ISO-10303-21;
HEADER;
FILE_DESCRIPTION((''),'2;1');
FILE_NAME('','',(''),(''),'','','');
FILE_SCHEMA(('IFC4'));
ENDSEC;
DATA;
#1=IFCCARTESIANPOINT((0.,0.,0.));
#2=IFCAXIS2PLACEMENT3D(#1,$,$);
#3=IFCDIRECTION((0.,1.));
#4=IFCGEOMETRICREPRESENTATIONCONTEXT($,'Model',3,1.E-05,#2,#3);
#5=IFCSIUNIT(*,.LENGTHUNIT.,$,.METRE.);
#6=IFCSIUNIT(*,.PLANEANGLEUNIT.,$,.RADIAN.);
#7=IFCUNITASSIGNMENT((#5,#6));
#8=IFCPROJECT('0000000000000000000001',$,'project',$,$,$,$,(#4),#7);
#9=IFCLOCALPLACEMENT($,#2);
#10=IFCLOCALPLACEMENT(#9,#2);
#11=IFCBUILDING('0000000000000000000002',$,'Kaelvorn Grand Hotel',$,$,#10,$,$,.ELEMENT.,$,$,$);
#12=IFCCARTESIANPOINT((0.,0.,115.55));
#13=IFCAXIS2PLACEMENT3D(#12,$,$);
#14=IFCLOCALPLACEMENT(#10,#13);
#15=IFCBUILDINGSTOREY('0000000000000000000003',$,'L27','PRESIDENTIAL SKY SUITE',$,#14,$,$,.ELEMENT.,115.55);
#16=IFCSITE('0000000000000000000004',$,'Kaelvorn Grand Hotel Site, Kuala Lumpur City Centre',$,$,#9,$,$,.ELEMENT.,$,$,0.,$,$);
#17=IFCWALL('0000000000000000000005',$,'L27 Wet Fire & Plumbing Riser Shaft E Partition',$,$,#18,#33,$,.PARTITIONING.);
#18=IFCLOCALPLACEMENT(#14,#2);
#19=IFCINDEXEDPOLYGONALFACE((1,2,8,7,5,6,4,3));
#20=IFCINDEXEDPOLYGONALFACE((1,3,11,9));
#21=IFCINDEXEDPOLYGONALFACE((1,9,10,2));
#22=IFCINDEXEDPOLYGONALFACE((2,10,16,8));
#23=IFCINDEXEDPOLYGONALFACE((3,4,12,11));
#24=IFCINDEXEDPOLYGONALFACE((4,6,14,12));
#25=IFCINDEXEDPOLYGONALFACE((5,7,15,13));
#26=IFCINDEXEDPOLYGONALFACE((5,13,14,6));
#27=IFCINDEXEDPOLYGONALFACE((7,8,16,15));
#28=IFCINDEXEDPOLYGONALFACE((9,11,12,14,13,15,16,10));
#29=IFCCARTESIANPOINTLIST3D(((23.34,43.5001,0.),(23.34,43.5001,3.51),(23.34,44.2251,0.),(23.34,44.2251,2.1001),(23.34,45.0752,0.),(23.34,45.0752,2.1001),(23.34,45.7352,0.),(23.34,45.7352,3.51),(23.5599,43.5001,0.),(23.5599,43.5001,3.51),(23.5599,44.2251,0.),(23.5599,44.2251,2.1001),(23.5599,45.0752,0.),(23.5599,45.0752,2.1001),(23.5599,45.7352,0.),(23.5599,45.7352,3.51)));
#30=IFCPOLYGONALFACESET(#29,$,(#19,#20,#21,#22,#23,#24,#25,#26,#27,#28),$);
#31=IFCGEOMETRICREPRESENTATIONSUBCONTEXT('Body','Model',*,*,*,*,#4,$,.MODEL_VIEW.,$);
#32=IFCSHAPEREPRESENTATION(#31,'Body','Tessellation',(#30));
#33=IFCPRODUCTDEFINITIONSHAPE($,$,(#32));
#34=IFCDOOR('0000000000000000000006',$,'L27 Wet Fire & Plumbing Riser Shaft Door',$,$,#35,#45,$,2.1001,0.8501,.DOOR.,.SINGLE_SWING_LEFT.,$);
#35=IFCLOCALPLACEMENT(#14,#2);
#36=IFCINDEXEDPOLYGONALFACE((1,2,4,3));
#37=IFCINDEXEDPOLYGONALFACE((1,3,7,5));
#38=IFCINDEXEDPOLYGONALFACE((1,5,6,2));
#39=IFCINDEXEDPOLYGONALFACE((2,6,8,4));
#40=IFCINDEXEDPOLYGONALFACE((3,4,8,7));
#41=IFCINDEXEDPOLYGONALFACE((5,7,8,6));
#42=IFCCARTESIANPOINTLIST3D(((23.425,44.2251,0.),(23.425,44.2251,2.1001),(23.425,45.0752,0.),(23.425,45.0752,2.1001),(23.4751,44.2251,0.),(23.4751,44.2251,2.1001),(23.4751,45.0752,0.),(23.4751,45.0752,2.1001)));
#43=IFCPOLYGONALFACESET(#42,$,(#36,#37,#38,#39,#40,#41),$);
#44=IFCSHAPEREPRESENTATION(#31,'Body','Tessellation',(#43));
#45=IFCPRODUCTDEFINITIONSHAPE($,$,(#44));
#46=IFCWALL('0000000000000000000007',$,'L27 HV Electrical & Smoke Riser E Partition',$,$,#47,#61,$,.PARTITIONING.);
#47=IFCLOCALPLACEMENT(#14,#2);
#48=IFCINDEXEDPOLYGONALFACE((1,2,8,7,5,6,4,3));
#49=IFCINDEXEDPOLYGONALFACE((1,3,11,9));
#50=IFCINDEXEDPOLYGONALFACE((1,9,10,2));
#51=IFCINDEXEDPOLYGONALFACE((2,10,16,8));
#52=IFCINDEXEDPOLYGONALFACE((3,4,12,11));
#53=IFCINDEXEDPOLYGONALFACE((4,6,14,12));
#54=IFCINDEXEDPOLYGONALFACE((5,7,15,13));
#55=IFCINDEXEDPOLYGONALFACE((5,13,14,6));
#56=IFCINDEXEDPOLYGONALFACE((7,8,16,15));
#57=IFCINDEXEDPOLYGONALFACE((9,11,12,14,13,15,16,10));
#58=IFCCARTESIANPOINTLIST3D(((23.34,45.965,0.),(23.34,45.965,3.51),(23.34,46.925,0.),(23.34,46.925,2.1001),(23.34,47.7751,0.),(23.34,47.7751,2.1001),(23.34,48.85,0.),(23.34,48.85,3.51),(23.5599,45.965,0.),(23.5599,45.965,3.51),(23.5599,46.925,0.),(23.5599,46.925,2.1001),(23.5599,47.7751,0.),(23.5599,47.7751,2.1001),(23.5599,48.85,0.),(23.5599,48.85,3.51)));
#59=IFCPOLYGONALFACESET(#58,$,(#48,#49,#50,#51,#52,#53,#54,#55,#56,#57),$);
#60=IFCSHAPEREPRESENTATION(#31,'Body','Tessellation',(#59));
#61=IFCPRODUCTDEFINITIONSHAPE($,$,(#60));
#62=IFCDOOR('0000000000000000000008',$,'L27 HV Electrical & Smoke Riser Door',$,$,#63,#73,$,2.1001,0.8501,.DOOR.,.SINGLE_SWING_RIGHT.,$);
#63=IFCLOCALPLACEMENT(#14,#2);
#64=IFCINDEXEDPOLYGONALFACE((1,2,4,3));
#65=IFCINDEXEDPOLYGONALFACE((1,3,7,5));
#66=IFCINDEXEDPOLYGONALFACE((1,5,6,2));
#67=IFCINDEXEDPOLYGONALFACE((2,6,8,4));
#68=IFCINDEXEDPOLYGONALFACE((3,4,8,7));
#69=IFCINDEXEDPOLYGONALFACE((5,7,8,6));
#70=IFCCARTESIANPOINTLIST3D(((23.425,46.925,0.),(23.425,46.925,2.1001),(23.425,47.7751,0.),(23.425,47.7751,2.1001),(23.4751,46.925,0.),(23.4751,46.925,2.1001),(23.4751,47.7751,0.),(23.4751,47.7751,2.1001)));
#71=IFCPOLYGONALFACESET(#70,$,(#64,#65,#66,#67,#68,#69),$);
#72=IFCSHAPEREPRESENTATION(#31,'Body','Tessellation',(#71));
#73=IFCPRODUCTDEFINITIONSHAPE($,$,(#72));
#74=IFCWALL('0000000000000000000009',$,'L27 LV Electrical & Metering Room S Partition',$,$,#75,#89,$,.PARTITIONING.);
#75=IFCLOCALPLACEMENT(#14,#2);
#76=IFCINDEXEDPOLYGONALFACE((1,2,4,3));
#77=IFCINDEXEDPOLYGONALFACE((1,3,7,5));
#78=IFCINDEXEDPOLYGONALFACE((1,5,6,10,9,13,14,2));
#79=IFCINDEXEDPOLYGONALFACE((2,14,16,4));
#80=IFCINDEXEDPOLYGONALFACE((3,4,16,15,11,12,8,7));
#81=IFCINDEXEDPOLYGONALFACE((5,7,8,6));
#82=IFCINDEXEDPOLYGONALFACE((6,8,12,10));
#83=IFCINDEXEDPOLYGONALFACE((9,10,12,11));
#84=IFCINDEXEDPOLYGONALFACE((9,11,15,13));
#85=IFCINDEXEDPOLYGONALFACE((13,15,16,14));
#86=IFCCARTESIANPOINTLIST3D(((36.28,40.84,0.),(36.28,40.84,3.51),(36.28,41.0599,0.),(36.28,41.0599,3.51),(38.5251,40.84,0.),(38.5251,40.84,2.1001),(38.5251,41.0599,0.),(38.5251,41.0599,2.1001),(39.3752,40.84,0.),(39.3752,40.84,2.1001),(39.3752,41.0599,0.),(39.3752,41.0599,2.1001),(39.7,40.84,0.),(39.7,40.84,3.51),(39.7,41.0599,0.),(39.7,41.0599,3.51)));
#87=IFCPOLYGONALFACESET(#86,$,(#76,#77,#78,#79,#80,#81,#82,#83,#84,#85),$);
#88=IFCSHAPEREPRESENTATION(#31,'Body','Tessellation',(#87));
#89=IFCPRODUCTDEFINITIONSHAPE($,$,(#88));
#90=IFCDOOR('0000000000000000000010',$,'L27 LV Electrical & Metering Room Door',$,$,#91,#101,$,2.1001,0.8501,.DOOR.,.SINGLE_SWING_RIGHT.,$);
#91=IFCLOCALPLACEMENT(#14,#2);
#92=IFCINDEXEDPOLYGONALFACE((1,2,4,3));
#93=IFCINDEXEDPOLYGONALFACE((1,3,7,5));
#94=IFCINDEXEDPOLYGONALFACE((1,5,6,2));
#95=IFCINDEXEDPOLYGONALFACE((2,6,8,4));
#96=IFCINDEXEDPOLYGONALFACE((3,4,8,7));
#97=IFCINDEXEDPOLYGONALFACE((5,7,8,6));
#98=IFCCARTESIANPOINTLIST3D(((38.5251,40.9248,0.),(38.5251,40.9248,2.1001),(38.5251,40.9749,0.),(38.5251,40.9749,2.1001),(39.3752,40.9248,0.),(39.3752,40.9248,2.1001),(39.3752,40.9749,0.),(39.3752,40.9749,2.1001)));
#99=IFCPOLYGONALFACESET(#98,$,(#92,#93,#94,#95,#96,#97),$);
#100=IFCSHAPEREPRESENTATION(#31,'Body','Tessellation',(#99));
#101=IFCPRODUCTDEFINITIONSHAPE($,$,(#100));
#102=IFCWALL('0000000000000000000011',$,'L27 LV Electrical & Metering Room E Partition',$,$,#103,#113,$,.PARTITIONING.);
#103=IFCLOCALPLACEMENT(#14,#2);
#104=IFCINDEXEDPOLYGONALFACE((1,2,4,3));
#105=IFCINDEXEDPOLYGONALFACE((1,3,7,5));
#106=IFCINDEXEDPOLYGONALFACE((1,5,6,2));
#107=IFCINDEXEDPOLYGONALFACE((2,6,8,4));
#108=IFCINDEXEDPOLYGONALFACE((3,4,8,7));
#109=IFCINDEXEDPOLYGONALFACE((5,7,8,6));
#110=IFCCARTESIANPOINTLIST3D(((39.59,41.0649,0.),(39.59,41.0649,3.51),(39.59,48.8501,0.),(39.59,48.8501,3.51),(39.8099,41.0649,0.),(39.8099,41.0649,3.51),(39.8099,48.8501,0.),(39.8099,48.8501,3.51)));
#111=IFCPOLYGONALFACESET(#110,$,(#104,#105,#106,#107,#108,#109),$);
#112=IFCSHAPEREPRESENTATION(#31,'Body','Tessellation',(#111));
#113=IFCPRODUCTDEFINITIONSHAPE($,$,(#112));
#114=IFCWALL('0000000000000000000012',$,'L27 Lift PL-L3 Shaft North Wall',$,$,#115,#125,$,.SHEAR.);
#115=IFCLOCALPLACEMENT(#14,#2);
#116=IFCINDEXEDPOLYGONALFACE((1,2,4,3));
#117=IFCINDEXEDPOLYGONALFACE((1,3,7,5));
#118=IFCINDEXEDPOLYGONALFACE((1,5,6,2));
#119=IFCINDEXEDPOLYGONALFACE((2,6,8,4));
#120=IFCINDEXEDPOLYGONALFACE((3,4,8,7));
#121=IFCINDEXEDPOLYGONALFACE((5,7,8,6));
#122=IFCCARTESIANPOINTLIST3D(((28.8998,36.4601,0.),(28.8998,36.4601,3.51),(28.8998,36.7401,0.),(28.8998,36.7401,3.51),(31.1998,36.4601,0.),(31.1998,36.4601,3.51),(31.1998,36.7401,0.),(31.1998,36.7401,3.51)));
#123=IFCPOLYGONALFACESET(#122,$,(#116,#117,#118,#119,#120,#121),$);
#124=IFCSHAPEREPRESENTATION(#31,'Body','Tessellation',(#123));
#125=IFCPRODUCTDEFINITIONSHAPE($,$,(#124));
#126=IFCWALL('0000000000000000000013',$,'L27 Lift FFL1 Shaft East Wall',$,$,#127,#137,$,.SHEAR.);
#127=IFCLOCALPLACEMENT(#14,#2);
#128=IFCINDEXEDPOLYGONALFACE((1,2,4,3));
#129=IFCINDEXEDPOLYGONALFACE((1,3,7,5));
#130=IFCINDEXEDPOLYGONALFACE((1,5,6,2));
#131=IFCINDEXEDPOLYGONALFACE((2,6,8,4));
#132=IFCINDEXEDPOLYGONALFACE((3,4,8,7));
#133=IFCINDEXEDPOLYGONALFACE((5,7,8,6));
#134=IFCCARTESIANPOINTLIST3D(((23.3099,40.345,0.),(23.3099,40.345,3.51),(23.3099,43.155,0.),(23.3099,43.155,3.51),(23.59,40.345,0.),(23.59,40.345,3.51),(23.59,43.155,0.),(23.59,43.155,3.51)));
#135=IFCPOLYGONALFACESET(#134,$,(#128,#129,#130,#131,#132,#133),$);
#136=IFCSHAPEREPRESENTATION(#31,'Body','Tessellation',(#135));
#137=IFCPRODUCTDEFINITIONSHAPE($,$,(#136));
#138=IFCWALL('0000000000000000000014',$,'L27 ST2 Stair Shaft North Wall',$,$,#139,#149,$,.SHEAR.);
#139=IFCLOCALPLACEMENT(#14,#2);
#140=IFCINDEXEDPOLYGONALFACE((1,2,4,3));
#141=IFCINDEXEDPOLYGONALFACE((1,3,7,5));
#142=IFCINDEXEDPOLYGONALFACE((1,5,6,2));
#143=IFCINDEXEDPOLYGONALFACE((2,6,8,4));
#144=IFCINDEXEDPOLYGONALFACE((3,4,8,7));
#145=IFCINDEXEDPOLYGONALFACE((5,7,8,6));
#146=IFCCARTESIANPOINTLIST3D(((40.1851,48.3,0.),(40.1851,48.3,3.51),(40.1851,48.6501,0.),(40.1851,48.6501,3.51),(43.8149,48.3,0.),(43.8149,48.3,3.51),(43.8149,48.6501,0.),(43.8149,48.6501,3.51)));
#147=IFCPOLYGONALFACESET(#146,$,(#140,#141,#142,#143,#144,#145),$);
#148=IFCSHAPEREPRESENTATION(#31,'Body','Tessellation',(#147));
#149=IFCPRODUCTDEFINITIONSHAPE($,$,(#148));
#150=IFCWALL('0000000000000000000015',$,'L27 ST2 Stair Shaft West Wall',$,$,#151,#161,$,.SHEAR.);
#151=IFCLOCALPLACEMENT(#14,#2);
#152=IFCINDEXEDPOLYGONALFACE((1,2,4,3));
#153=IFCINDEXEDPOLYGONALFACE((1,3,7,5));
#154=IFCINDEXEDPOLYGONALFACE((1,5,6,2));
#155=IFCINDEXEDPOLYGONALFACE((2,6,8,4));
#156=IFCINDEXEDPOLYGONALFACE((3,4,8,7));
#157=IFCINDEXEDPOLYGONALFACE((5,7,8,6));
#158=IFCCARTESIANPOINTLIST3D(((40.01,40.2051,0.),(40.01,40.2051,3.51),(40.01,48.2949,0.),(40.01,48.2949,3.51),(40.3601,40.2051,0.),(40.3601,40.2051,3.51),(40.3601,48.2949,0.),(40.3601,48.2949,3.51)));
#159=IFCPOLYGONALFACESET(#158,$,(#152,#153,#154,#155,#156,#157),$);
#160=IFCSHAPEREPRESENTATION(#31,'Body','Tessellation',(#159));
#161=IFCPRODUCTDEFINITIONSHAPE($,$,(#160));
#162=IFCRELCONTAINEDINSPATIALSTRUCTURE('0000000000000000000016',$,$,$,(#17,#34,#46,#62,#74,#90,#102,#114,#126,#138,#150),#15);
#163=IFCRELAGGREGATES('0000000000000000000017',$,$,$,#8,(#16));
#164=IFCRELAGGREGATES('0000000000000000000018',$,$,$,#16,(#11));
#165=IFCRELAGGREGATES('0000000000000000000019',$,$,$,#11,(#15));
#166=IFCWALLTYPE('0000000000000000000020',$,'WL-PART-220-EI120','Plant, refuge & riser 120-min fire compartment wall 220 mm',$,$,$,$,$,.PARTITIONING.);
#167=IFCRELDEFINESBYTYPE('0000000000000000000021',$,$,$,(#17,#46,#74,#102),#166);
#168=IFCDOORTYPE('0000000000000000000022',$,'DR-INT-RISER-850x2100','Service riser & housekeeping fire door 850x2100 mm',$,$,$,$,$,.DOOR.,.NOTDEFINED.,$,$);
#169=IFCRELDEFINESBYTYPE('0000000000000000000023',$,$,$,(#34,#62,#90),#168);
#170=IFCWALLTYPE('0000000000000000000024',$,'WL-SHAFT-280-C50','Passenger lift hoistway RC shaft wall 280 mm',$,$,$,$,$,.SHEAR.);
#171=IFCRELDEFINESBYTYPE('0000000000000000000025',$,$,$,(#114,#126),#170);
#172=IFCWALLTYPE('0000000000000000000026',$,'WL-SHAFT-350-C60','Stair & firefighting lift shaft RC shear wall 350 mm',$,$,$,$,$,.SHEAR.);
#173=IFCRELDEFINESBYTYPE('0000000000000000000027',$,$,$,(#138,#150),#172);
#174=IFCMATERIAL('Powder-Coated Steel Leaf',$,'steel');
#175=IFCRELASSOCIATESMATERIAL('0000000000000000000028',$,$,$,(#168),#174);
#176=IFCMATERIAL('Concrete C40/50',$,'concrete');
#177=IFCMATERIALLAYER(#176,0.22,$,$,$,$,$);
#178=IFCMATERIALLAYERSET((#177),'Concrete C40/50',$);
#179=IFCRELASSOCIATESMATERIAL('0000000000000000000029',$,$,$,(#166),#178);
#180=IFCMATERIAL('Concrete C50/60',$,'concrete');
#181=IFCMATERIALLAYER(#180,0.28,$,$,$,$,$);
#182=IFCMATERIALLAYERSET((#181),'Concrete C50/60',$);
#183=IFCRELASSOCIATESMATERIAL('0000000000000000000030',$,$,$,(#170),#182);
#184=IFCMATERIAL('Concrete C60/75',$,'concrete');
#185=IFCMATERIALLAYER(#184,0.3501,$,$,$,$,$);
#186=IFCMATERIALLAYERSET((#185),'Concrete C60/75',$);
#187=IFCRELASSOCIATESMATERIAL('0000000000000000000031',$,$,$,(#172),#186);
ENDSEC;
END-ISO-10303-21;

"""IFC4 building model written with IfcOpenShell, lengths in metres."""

from ifc_helpers import new_model, si_unit, direction, frame, frame_2d, origin, place, context, subcontext, project, spatial, rectangle, extrude, material, layer, layer_set, type_object, element, fill, save


model = new_model("IFC4")

# Units and contexts
model_context = context("Model", 3, precision=1e-05, world=origin(), true_north=direction((0.0, 1.0)))
body_context = subcontext(model_context, "Body", "Model", "MODEL_VIEW")
ifc_project = project(units=[si_unit("LENGTHUNIT", "METRE"), si_unit("PLANEANGLEUNIT", "RADIAN")], contexts=[model_context])

# Site, building, storey
site_placement = place(None, origin())
site = spatial("IfcSite", under=ifc_project, at=site_placement, Name="Kaelvorn Grand Hotel Site, Kuala Lumpur City Centre", CompositionType="ELEMENT", RefElevation=0.0)
building_placement = place(site_placement, origin())
building = spatial("IfcBuilding", under=site, at=building_placement, Name="Kaelvorn Grand Hotel", CompositionType="ELEMENT")
storey_placement = place(building_placement, frame((0.0, 0.0, 115.55)))
storey = spatial("IfcBuildingStorey", under=building, at=storey_placement, Name="L27", Description="PRESIDENTIAL SKY SUITE", CompositionType="ELEMENT", Elevation=115.55)

# Shared definitions
ifc_material_1 = material(Name="Concrete C60/75", Category="concrete")

# Shared definitions
ifc_material_2 = material(Name="Powder-Coated Steel Leaf", Category="steel")
door_type_1 = type_object("IfcDoorType", Name="DR-INT-RISER-850x2100", Description="Service riser & housekeeping fire door 850x2100 mm", OperationType="NOTDEFINED", PredefinedType="DOOR", material=ifc_material_2)

# Walls, openings, doors
ifc_material_3 = material(Name="Concrete C40/50", Category="concrete")
ifc_layer_1 = layer(ifc_material_3, 0.22)
ifc_layer_set_1 = layer_set([ifc_layer_1], Name="Concrete C40/50")
wall_type_1 = type_object("IfcWallType", Name="WL-PART-220-EI120", Description="Plant, refuge & riser 120-min fire compartment wall 220 mm", PredefinedType="PARTITIONING", material=ifc_layer_set_1)
wall_1_placement = place(storey_placement, frame((23.45, 43.5, 0.0), z_axis=(0.0, 0.0, 1.0), x_axis=(0.0, 1.0, 0.0)))
wall_1 = element("IfcWall", 1, at=wall_1_placement, inside=storey, type_object=wall_type_1, Name="L27 Wet Fire & Plumbing Riser Shaft E Partition", PredefinedType="PARTITIONING", context=body_context, shape_type="SweptSolid", body=[
    extrude(rectangle(XDim=2.2351, YDim=0.22, at=frame_2d((1.1177, 0.0))), origin(), (0.0, 0.0, 1.0), 3.51),
])
opening_1_placement = place(wall_1_placement, frame((0.7251, 0.0, 0.0)))
opening_1 = element("IfcOpeningElement", 2, at=opening_1_placement, cuts=wall_1, PredefinedType="OPENING", context=body_context, shape_type="SweptSolid", body=[
    extrude(rectangle(XDim=0.8501, YDim=2.1001, at=frame_2d((0.425, 1.05))), frame((0.0, 0.1201, 0.0), z_axis=(0.0, -1.0, 0.0), x_axis=(1.0, 0.0, 0.0)), (0.0, 0.0, 1.0), 0.24),
])
door_1_placement = place(opening_1_placement, origin())
door_1 = element("IfcDoor", 3, at=door_1_placement, inside=storey, type_object=door_type_1, Name="L27 Wet Fire & Plumbing Riser Shaft Door", OperationType="SINGLE_SWING_LEFT", OverallHeight=2.1001, OverallWidth=0.8501, PredefinedType="DOOR", context=body_context, shape_type="SweptSolid", body=[
    extrude(rectangle(XDim=0.8501, YDim=2.1001, at=frame_2d((0.425, 1.05))), frame((0.0, 0.0249, 0.0), z_axis=(0.0, -1.0, 0.0), x_axis=(1.0, 0.0, 0.0)), (0.0, 0.0, 1.0), 0.05),
])
fill(opening_1, door_1)
wall_2_placement = place(storey_placement, frame((23.45, 45.9651, 0.0), z_axis=(0.0, 0.0, 1.0), x_axis=(0.0, 1.0, 0.0)))
wall_2 = element("IfcWall", 4, at=wall_2_placement, inside=storey, type_object=wall_type_1, Name="L27 HV Electrical & Smoke Riser E Partition", PredefinedType="PARTITIONING", context=body_context, shape_type="SweptSolid", body=[
    extrude(rectangle(XDim=2.885, YDim=0.22, at=frame_2d((1.4424, 0.0))), origin(), (0.0, 0.0, 1.0), 3.51),
])
opening_2_placement = place(wall_2_placement, frame((0.96, 0.0, 0.0)))
opening_2 = element("IfcOpeningElement", 5, at=opening_2_placement, cuts=wall_2, PredefinedType="OPENING", context=body_context, shape_type="SweptSolid", body=[
    extrude(rectangle(XDim=0.8501, YDim=2.1001, at=frame_2d((0.425, 1.05))), frame((0.0, 0.1201, 0.0), z_axis=(0.0, -1.0, 0.0), x_axis=(1.0, 0.0, 0.0)), (0.0, 0.0, 1.0), 0.24),
])
door_2_placement = place(opening_2_placement, origin())
door_2 = element("IfcDoor", 6, at=door_2_placement, inside=storey, type_object=door_type_1, Name="L27 HV Electrical & Smoke Riser Door", OperationType="SINGLE_SWING_RIGHT", OverallHeight=2.1001, OverallWidth=0.8501, PredefinedType="DOOR", context=body_context, shape_type="SweptSolid", body=[
    extrude(rectangle(XDim=0.8501, YDim=2.1001, at=frame_2d((0.425, 1.05))), frame((0.0, 0.0249, 0.0), z_axis=(0.0, -1.0, 0.0), x_axis=(1.0, 0.0, 0.0)), (0.0, 0.0, 1.0), 0.05),
])
fill(opening_2, door_2)
wall_3_placement = place(storey_placement, frame((36.28, 40.95, 0.0), z_axis=(0.0, 0.0, 1.0), x_axis=(1.0, 0.0, 0.0)))
wall_3 = element("IfcWall", 7, at=wall_3_placement, inside=storey, type_object=wall_type_1, Name="L27 LV Electrical & Metering Room S Partition", PredefinedType="PARTITIONING", context=body_context, shape_type="SweptSolid", body=[
    extrude(rectangle(XDim=3.4199, YDim=0.22, at=frame_2d((1.71, 0.0))), origin(), (0.0, 0.0, 1.0), 3.51),
])
opening_3_placement = place(wall_3_placement, frame((2.2451, 0.0, 0.0)))
opening_3 = element("IfcOpeningElement", 8, at=opening_3_placement, cuts=wall_3, PredefinedType="OPENING", context=body_context, shape_type="SweptSolid", body=[
    extrude(rectangle(XDim=0.8501, YDim=2.1001, at=frame_2d((0.425, 1.05))), frame((0.0, 0.1201, 0.0), z_axis=(0.0, -1.0, 0.0), x_axis=(1.0, 0.0, 0.0)), (0.0, 0.0, 1.0), 0.24),
])
door_3_placement = place(opening_3_placement, origin())
door_3 = element("IfcDoor", 9, at=door_3_placement, inside=storey, type_object=door_type_1, Name="L27 LV Electrical & Metering Room Door", OperationType="SINGLE_SWING_RIGHT", OverallHeight=2.1001, OverallWidth=0.8501, PredefinedType="DOOR", context=body_context, shape_type="SweptSolid", body=[
    extrude(rectangle(XDim=0.8501, YDim=2.1001, at=frame_2d((0.425, 1.05))), frame((0.0, 0.0249, 0.0), z_axis=(0.0, -1.0, 0.0), x_axis=(1.0, 0.0, 0.0)), (0.0, 0.0, 1.0), 0.05),
])
fill(opening_3, door_3)

# Walls
wall_4_placement = place(storey_placement, frame((39.7, 41.0649, 0.0), z_axis=(0.0, 0.0, 1.0), x_axis=(0.0, 1.0, 0.0)))
element("IfcWall", 10, at=wall_4_placement, inside=storey, type_object=wall_type_1, Name="L27 LV Electrical & Metering Room E Partition", PredefinedType="PARTITIONING", context=body_context, shape_type="SweptSolid", body=[
    extrude(rectangle(XDim=7.7852, YDim=0.22, at=frame_2d((3.8926, 0.0))), origin(), (0.0, 0.0, 1.0), 3.51),
])
ifc_material_4 = material(Name="Concrete C50/60", Category="concrete")
ifc_layer_2 = layer(ifc_material_4, 0.28)
ifc_layer_set_2 = layer_set([ifc_layer_2], Name="Concrete C50/60")
wall_type_2 = type_object("IfcWallType", Name="WL-SHAFT-280-C50", Description="Passenger lift hoistway RC shaft wall 280 mm", PredefinedType="SHEAR", material=ifc_layer_set_2)
wall_5_placement = place(storey_placement, frame((28.8999, 36.6001, 0.0), z_axis=(0.0, 0.0, 1.0), x_axis=(1.0, 0.0, 0.0)))
element("IfcWall", 11, at=wall_5_placement, inside=storey, type_object=wall_type_2, Name="L27 Lift PL-L3 Shaft North Wall", PredefinedType="SHEAR", context=body_context, shape_type="SweptSolid", body=[
    extrude(rectangle(XDim=2.3, YDim=0.28, at=frame_2d((1.1499, 0.0))), origin(), (0.0, 0.0, 1.0), 3.51),
])
wall_6_placement = place(storey_placement, frame((23.45, 40.345, 0.0), z_axis=(0.0, 0.0, 1.0), x_axis=(0.0, 1.0, 0.0)))
element("IfcWall", 12, at=wall_6_placement, inside=storey, type_object=wall_type_2, Name="L27 Lift FFL1 Shaft East Wall", PredefinedType="SHEAR", context=body_context, shape_type="SweptSolid", body=[
    extrude(rectangle(XDim=2.8101, YDim=0.28, at=frame_2d((1.405, 0.0))), origin(), (0.0, 0.0, 1.0), 3.51),
])

# Shared definitions
ifc_layer_3 = layer(ifc_material_1, 0.3501)
ifc_layer_set_3 = layer_set([ifc_layer_3], Name="Concrete C60/75")
wall_type_3 = type_object("IfcWallType", Name="WL-SHAFT-350-C60", Description="Stair & firefighting lift shaft RC shear wall 350 mm", PredefinedType="SHEAR", material=ifc_layer_set_3)

# Walls
wall_7_placement = place(storey_placement, frame((40.1851, 48.4751, 0.0), z_axis=(0.0, 0.0, 1.0), x_axis=(1.0, 0.0, 0.0)))
element("IfcWall", 13, at=wall_7_placement, inside=storey, type_object=wall_type_3, Name="L27 ST2 Stair Shaft North Wall", PredefinedType="SHEAR", context=body_context, shape_type="SweptSolid", body=[
    extrude(rectangle(XDim=3.6299, YDim=0.3501, at=frame_2d((1.8149, 0.0))), origin(), (0.0, 0.0, 1.0), 3.51),
])
wall_8_placement = place(storey_placement, frame((40.1851, 40.2051, 0.0), z_axis=(0.0, 0.0, 1.0), x_axis=(0.0, 1.0, 0.0)))
element("IfcWall", 14, at=wall_8_placement, inside=storey, type_object=wall_type_3, Name="L27 ST2 Stair Shaft West Wall", PredefinedType="SHEAR", context=body_context, shape_type="SweptSolid", body=[
    extrude(rectangle(XDim=8.0898, YDim=0.3501, at=frame_2d((4.0449, 0.0))), origin(), (0.0, 0.0, 1.0), 3.51),
])

save(model, "model.ifc")
